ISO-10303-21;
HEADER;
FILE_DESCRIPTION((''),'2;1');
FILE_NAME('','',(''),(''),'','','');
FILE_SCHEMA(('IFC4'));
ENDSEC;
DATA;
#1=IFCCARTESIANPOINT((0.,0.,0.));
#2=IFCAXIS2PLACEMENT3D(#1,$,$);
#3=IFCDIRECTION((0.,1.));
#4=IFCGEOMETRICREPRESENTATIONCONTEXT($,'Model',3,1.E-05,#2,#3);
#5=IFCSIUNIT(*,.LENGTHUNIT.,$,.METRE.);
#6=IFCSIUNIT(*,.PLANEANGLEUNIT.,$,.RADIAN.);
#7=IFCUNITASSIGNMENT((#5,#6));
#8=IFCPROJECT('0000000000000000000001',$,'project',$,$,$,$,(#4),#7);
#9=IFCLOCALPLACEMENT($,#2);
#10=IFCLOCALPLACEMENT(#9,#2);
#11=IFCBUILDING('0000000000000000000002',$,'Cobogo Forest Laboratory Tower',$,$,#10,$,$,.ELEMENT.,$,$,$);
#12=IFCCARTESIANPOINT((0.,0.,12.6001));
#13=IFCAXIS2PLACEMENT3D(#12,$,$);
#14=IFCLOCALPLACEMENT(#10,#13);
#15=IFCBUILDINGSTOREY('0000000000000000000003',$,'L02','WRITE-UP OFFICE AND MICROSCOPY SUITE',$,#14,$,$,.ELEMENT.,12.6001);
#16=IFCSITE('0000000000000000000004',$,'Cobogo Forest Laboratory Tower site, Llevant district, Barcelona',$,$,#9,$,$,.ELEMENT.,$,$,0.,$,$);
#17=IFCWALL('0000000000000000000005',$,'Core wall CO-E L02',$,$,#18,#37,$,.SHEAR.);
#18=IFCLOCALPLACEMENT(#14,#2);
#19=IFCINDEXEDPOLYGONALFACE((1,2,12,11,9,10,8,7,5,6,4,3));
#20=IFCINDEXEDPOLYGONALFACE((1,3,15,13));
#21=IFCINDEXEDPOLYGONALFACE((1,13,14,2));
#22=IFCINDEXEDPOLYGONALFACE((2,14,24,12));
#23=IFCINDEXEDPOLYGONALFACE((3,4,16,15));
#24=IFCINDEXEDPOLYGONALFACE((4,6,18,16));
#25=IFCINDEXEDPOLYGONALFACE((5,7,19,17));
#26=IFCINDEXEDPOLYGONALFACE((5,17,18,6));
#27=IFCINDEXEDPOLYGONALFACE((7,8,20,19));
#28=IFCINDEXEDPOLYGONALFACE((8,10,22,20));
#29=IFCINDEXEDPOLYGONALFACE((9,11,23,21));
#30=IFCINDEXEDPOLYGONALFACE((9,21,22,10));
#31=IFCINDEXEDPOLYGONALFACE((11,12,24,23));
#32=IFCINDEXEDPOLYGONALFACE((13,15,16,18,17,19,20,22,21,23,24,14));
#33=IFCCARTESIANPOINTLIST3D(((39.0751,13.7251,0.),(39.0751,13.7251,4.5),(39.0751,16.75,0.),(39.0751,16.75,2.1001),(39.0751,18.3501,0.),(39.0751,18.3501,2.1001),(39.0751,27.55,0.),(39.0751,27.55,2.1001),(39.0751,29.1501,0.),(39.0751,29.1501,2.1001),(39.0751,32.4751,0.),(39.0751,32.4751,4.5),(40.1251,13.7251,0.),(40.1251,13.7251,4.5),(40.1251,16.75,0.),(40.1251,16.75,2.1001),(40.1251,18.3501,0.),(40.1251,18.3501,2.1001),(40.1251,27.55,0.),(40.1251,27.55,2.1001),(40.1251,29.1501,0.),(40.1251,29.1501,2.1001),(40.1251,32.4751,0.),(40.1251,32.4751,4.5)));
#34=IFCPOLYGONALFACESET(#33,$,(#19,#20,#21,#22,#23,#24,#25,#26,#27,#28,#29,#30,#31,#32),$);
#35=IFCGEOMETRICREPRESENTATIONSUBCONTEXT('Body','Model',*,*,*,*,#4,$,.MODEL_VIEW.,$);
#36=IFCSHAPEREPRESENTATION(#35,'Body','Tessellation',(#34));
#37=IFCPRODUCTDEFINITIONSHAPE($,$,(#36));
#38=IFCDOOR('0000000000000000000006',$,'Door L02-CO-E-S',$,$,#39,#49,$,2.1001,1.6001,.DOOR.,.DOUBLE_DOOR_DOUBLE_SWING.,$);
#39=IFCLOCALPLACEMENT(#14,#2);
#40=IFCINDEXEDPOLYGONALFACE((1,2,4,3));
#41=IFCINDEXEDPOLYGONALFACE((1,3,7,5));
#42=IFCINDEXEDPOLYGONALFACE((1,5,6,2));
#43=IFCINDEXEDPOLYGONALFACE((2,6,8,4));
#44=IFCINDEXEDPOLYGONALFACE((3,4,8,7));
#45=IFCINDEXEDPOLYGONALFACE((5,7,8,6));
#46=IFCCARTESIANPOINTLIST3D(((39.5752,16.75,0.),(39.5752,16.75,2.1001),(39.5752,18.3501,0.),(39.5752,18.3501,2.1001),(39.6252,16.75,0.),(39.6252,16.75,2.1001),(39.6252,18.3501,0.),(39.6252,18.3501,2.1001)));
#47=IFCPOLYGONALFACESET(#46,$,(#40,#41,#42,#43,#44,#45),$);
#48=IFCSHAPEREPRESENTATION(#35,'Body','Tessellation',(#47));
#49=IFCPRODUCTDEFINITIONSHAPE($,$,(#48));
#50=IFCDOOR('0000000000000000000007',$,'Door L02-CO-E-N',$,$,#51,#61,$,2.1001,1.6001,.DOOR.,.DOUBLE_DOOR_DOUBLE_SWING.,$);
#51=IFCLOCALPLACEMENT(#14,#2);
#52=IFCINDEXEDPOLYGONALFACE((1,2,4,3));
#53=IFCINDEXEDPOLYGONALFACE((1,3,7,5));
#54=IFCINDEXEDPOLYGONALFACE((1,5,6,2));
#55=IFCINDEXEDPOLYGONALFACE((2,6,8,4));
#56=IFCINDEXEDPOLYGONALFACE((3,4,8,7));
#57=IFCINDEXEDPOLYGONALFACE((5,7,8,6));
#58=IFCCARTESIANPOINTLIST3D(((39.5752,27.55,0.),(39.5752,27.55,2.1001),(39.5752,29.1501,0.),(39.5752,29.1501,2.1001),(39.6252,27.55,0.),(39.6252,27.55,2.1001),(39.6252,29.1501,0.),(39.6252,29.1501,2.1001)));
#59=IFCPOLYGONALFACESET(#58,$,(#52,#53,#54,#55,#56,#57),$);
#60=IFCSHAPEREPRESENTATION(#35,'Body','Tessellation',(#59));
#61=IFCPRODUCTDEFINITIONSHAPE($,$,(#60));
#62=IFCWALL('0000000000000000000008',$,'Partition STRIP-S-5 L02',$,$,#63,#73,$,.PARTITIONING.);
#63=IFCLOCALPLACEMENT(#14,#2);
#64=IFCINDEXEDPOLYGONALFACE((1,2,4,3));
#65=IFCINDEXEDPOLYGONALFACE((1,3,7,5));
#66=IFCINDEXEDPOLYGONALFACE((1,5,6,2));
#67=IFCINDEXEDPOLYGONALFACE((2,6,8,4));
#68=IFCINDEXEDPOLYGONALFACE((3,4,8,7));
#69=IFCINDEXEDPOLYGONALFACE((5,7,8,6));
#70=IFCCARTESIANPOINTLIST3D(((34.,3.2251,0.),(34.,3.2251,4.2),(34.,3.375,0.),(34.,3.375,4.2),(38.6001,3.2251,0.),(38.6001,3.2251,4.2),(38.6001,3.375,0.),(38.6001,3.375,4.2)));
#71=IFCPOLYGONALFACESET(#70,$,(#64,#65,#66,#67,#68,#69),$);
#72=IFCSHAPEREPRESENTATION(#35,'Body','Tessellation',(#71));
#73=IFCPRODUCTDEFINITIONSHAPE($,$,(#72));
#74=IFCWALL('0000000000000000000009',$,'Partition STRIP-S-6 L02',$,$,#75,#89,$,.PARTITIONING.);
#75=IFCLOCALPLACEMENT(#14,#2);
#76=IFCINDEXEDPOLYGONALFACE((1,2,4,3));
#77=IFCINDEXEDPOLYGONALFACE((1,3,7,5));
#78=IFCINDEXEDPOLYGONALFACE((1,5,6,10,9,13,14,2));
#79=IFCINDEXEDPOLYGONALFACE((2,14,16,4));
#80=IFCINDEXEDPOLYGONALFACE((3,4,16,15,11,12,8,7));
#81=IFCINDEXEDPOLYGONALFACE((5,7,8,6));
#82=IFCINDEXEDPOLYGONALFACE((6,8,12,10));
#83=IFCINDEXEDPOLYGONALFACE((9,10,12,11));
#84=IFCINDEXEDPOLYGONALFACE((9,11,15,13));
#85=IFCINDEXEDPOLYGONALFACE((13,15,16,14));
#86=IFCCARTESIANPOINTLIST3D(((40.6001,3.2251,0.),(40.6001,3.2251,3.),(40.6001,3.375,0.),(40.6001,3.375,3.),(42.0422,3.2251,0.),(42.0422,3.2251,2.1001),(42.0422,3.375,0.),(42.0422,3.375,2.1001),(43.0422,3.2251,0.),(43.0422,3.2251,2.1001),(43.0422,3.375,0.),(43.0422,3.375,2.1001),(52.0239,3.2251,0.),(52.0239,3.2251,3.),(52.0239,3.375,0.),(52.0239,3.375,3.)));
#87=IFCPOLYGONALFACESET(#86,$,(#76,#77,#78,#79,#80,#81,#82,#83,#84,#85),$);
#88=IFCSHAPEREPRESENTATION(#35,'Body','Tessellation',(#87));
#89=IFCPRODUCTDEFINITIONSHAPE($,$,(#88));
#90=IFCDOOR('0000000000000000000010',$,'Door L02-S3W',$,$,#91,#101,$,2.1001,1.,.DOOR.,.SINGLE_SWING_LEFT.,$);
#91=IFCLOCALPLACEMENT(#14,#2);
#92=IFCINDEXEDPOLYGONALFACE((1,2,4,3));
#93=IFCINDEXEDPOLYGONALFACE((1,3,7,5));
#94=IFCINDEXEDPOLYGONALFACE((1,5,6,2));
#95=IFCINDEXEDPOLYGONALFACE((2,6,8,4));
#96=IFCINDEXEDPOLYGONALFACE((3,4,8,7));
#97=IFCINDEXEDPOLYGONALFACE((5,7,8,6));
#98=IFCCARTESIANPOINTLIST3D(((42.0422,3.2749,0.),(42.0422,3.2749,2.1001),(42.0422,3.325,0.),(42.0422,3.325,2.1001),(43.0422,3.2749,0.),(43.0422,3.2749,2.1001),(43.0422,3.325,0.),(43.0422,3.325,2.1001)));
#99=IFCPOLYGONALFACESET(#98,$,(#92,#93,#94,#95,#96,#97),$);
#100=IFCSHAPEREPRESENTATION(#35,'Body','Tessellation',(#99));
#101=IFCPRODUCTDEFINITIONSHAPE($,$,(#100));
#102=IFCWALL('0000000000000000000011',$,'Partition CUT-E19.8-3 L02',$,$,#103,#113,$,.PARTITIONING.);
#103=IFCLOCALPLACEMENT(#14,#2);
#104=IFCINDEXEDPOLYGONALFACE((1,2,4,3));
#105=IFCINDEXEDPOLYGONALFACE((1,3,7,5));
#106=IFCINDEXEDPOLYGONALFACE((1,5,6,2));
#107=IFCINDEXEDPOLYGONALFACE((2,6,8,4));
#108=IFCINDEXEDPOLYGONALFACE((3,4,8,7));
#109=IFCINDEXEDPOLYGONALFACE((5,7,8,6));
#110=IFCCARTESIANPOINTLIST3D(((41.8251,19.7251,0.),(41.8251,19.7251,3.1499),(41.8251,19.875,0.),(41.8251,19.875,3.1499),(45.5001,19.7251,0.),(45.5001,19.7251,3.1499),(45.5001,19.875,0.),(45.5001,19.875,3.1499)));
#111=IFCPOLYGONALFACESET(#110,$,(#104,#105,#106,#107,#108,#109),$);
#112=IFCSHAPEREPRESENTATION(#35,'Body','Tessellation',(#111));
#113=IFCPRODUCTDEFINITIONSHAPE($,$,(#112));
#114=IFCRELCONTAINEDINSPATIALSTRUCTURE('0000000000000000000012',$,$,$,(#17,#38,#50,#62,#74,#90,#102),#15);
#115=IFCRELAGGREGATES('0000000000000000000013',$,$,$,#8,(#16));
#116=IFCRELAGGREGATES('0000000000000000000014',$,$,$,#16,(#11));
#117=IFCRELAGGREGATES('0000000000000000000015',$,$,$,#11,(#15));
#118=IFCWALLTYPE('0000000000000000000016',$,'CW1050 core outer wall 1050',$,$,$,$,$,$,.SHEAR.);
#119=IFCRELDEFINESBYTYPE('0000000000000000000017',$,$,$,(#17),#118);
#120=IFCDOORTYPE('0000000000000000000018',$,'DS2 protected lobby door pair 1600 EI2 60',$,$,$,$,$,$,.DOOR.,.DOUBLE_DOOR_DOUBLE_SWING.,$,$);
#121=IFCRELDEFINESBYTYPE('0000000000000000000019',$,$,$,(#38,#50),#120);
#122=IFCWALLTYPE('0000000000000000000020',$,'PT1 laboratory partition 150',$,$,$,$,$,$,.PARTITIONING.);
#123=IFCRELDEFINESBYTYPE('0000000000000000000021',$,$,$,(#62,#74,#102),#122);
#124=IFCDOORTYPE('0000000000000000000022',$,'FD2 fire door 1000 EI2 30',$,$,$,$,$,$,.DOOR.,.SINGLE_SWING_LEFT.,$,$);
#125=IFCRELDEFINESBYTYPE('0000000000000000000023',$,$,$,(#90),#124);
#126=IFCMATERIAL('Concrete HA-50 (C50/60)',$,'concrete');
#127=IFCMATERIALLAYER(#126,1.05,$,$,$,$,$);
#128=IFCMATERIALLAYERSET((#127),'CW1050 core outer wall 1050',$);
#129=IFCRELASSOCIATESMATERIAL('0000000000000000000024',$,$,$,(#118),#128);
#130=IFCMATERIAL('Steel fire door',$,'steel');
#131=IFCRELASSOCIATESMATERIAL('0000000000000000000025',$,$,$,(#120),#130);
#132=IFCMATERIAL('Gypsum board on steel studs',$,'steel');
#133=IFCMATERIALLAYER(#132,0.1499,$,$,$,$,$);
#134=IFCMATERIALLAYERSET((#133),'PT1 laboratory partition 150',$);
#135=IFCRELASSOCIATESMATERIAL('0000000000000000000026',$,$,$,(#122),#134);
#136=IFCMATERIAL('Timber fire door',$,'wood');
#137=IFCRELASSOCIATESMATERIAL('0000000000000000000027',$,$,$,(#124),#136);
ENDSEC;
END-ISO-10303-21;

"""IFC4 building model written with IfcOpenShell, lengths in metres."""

from ifc_helpers import new_model, si_unit, direction, frame, frame_2d, origin, place, context, subcontext, project, spatial, rectangle, extrude, material, layer, layer_set, type_object, element, fill, save


model = new_model("IFC4")

# Units and contexts
model_context = context("Model", 3, precision=1e-05, world=origin(), true_north=direction((0.0, 1.0)))
body_context = subcontext(model_context, "Body", "Model", "MODEL_VIEW")
ifc_project = project(units=[si_unit("LENGTHUNIT", "METRE"), si_unit("PLANEANGLEUNIT", "RADIAN")], contexts=[model_context])

# Site, building, storey
site_placement = place(None, origin())
site = spatial("IfcSite", under=ifc_project, at=site_placement, Name="Cobogo Forest Laboratory Tower site, Llevant district, Barcelona", CompositionType="ELEMENT", RefElevation=0.0)
building_placement = place(site_placement, origin())
building = spatial("IfcBuilding", under=site, at=building_placement, Name="Cobogo Forest Laboratory Tower", CompositionType="ELEMENT")
storey_placement = place(building_placement, frame((0.0, 0.0, 12.6001)))
storey = spatial("IfcBuildingStorey", under=building, at=storey_placement, Name="L02", Description="WRITE-UP OFFICE AND MICROSCOPY SUITE", CompositionType="ELEMENT", Elevation=12.6001)

# Shared definitions
ifc_material_1 = material(Name="Concrete HA-50 (C50/60)", Category="concrete")

# Wall, openings, doors
ifc_layer_1 = layer(ifc_material_1, 1.05)
ifc_layer_set_1 = layer_set([ifc_layer_1], Name="CW1050 core outer wall 1050")
wall_type_1 = type_object("IfcWallType", Name="CW1050 core outer wall 1050", PredefinedType="SHEAR", material=ifc_layer_set_1)
wall_1_placement = place(storey_placement, frame((39.6001, 13.7251, 0.0), z_axis=(0.0, 0.0, 1.0), x_axis=(0.0, 1.0, 0.0)))
wall_1 = element("IfcWall", 1, at=wall_1_placement, inside=storey, type_object=wall_type_1, Name="Core wall CO-E L02", PredefinedType="SHEAR", context=body_context, shape_type="SweptSolid", body=[
    extrude(rectangle(XDim=18.75, YDim=1.05, at=frame_2d((9.375, 0.0))), origin(), (0.0, 0.0, 1.0), 4.5),
])
opening_1_placement = place(wall_1_placement, frame((3.0249, 0.0, 0.0)))
opening_1 = element("IfcOpeningElement", 2, at=opening_1_placement, cuts=wall_1, PredefinedType="OPENING", context=body_context, shape_type="SweptSolid", body=[
    extrude(rectangle(XDim=1.6001, YDim=2.1001, at=frame_2d((0.8, 1.05))), frame((0.0, 0.5349, 0.0), z_axis=(0.0, -1.0, 0.0), x_axis=(1.0, 0.0, 0.0)), (0.0, 0.0, 1.0), 1.0701),
])
opening_2_placement = place(wall_1_placement, frame((13.825, 0.0, 0.0)))
opening_2 = element("IfcOpeningElement", 3, at=opening_2_placement, cuts=wall_1, PredefinedType="OPENING", context=body_context, shape_type="SweptSolid", body=[
    extrude(rectangle(XDim=1.6001, YDim=2.1001, at=frame_2d((0.8, 1.05))), frame((0.0, 0.5349, 0.0), z_axis=(0.0, -1.0, 0.0), x_axis=(1.0, 0.0, 0.0)), (0.0, 0.0, 1.0), 1.0701),
])
ifc_material_2 = material(Name="Steel fire door", Category="steel")
door_type_1 = type_object("IfcDoorType", Name="DS2 protected lobby door pair 1600 EI2 60", OperationType="DOUBLE_DOOR_DOUBLE_SWING", PredefinedType="DOOR", material=ifc_material_2)
door_1_placement = place(opening_1_placement, origin())
door_1 = element("IfcDoor", 4, at=door_1_placement, inside=storey, type_object=door_type_1, Name="Door L02-CO-E-S", OperationType="DOUBLE_DOOR_DOUBLE_SWING", OverallHeight=2.1001, OverallWidth=1.6001, PredefinedType="DOOR", context=body_context, shape_type="SweptSolid", body=[
    extrude(rectangle(XDim=1.6001, YDim=2.1001, at=frame_2d((0.8, 1.05))), frame((0.0, 0.0249, 0.0), z_axis=(0.0, -1.0, 0.0), x_axis=(1.0, 0.0, 0.0)), (0.0, 0.0, 1.0), 0.05),
])
fill(opening_1, door_1)
door_2_placement = place(opening_2_placement, origin())
door_2 = element("IfcDoor", 5, at=door_2_placement, inside=storey, type_object=door_type_1, Name="Door L02-CO-E-N", OperationType="DOUBLE_DOOR_DOUBLE_SWING", OverallHeight=2.1001, OverallWidth=1.6001, PredefinedType="DOOR", context=body_context, shape_type="SweptSolid", body=[
    extrude(rectangle(XDim=1.6001, YDim=2.1001, at=frame_2d((0.8, 1.05))), frame((0.0, 0.0249, 0.0), z_axis=(0.0, -1.0, 0.0), x_axis=(1.0, 0.0, 0.0)), (0.0, 0.0, 1.0), 0.05),
])
fill(opening_2, door_2)

# Wall
ifc_material_3 = material(Name="Gypsum board on steel studs", Category="steel")
ifc_layer_2 = layer(ifc_material_3, 0.1499)
ifc_layer_set_2 = layer_set([ifc_layer_2], Name="PT1 laboratory partition 150")
wall_type_2 = type_object("IfcWallType", Name="PT1 laboratory partition 150", PredefinedType="PARTITIONING", material=ifc_layer_set_2)
wall_2_placement = place(storey_placement, frame((34.0, 3.3, 0.0), z_axis=(0.0, 0.0, 1.0), x_axis=(1.0, 0.0, 0.0)))
element("IfcWall", 6, at=wall_2_placement, inside=storey, type_object=wall_type_2, Name="Partition STRIP-S-5 L02", PredefinedType="PARTITIONING", context=body_context, shape_type="SweptSolid", body=[
    extrude(rectangle(XDim=4.6001, YDim=0.1499, at=frame_2d((2.3, 0.0))), origin(), (0.0, 0.0, 1.0), 4.2),
])

# Wall, opening, door
wall_3_placement = place(storey_placement, frame((40.6001, 3.3, 0.0), z_axis=(0.0, 0.0, 1.0), x_axis=(1.0, 0.0, 0.0)))
wall_3 = element("IfcWall", 7, at=wall_3_placement, inside=storey, type_object=wall_type_2, Name="Partition STRIP-S-6 L02", PredefinedType="PARTITIONING", context=body_context, shape_type="SweptSolid", body=[
    extrude(rectangle(XDim=11.4238, YDim=0.1499, at=frame_2d((5.7119, 0.0))), origin(), (0.0, 0.0, 1.0), 3.0),
])
opening_3_placement = place(wall_3_placement, frame((1.4421, 0.0, 0.0)))
opening_3 = element("IfcOpeningElement", 8, at=opening_3_placement, cuts=wall_3, PredefinedType="OPENING", context=body_context, shape_type="SweptSolid", body=[
    extrude(rectangle(XDim=1.0, YDim=2.1001, at=frame_2d((0.5, 1.05))), frame((0.0, 0.085, 0.0), z_axis=(0.0, -1.0, 0.0), x_axis=(1.0, 0.0, 0.0)), (0.0, 0.0, 1.0), 0.1699),
])
ifc_material_4 = material(Name="Timber fire door", Category="wood")
door_type_2 = type_object("IfcDoorType", Name="FD2 fire door 1000 EI2 30", OperationType="SINGLE_SWING_LEFT", PredefinedType="DOOR", material=ifc_material_4)
door_3_placement = place(opening_3_placement, origin())
door_3 = element("IfcDoor", 9, at=door_3_placement, inside=storey, type_object=door_type_2, Name="Door L02-S3W", OperationType="SINGLE_SWING_LEFT", OverallHeight=2.1001, OverallWidth=1.0, PredefinedType="DOOR", context=body_context, shape_type="SweptSolid", body=[
    extrude(rectangle(XDim=1.0, YDim=2.1001, at=frame_2d((0.5, 1.05))), frame((0.0, 0.0249, 0.0), z_axis=(0.0, -1.0, 0.0), x_axis=(1.0, 0.0, 0.0)), (0.0, 0.0, 1.0), 0.05),
])
fill(opening_3, door_3)

# Wall
wall_4_placement = place(storey_placement, frame((45.5, 19.8, 0.0), z_axis=(0.0, 0.0, 1.0), x_axis=(-1.0, 0.0, 0.0)))
element("IfcWall", 10, at=wall_4_placement, inside=storey, type_object=wall_type_2, Name="Partition CUT-E19.8-3 L02", PredefinedType="PARTITIONING", context=body_context, shape_type="SweptSolid", body=[
    extrude(rectangle(XDim=3.675, YDim=0.1499, at=frame_2d((1.8374, 0.0))), origin(), (0.0, 0.0, 1.0), 3.1499),
])

save(model, "model.ifc")
